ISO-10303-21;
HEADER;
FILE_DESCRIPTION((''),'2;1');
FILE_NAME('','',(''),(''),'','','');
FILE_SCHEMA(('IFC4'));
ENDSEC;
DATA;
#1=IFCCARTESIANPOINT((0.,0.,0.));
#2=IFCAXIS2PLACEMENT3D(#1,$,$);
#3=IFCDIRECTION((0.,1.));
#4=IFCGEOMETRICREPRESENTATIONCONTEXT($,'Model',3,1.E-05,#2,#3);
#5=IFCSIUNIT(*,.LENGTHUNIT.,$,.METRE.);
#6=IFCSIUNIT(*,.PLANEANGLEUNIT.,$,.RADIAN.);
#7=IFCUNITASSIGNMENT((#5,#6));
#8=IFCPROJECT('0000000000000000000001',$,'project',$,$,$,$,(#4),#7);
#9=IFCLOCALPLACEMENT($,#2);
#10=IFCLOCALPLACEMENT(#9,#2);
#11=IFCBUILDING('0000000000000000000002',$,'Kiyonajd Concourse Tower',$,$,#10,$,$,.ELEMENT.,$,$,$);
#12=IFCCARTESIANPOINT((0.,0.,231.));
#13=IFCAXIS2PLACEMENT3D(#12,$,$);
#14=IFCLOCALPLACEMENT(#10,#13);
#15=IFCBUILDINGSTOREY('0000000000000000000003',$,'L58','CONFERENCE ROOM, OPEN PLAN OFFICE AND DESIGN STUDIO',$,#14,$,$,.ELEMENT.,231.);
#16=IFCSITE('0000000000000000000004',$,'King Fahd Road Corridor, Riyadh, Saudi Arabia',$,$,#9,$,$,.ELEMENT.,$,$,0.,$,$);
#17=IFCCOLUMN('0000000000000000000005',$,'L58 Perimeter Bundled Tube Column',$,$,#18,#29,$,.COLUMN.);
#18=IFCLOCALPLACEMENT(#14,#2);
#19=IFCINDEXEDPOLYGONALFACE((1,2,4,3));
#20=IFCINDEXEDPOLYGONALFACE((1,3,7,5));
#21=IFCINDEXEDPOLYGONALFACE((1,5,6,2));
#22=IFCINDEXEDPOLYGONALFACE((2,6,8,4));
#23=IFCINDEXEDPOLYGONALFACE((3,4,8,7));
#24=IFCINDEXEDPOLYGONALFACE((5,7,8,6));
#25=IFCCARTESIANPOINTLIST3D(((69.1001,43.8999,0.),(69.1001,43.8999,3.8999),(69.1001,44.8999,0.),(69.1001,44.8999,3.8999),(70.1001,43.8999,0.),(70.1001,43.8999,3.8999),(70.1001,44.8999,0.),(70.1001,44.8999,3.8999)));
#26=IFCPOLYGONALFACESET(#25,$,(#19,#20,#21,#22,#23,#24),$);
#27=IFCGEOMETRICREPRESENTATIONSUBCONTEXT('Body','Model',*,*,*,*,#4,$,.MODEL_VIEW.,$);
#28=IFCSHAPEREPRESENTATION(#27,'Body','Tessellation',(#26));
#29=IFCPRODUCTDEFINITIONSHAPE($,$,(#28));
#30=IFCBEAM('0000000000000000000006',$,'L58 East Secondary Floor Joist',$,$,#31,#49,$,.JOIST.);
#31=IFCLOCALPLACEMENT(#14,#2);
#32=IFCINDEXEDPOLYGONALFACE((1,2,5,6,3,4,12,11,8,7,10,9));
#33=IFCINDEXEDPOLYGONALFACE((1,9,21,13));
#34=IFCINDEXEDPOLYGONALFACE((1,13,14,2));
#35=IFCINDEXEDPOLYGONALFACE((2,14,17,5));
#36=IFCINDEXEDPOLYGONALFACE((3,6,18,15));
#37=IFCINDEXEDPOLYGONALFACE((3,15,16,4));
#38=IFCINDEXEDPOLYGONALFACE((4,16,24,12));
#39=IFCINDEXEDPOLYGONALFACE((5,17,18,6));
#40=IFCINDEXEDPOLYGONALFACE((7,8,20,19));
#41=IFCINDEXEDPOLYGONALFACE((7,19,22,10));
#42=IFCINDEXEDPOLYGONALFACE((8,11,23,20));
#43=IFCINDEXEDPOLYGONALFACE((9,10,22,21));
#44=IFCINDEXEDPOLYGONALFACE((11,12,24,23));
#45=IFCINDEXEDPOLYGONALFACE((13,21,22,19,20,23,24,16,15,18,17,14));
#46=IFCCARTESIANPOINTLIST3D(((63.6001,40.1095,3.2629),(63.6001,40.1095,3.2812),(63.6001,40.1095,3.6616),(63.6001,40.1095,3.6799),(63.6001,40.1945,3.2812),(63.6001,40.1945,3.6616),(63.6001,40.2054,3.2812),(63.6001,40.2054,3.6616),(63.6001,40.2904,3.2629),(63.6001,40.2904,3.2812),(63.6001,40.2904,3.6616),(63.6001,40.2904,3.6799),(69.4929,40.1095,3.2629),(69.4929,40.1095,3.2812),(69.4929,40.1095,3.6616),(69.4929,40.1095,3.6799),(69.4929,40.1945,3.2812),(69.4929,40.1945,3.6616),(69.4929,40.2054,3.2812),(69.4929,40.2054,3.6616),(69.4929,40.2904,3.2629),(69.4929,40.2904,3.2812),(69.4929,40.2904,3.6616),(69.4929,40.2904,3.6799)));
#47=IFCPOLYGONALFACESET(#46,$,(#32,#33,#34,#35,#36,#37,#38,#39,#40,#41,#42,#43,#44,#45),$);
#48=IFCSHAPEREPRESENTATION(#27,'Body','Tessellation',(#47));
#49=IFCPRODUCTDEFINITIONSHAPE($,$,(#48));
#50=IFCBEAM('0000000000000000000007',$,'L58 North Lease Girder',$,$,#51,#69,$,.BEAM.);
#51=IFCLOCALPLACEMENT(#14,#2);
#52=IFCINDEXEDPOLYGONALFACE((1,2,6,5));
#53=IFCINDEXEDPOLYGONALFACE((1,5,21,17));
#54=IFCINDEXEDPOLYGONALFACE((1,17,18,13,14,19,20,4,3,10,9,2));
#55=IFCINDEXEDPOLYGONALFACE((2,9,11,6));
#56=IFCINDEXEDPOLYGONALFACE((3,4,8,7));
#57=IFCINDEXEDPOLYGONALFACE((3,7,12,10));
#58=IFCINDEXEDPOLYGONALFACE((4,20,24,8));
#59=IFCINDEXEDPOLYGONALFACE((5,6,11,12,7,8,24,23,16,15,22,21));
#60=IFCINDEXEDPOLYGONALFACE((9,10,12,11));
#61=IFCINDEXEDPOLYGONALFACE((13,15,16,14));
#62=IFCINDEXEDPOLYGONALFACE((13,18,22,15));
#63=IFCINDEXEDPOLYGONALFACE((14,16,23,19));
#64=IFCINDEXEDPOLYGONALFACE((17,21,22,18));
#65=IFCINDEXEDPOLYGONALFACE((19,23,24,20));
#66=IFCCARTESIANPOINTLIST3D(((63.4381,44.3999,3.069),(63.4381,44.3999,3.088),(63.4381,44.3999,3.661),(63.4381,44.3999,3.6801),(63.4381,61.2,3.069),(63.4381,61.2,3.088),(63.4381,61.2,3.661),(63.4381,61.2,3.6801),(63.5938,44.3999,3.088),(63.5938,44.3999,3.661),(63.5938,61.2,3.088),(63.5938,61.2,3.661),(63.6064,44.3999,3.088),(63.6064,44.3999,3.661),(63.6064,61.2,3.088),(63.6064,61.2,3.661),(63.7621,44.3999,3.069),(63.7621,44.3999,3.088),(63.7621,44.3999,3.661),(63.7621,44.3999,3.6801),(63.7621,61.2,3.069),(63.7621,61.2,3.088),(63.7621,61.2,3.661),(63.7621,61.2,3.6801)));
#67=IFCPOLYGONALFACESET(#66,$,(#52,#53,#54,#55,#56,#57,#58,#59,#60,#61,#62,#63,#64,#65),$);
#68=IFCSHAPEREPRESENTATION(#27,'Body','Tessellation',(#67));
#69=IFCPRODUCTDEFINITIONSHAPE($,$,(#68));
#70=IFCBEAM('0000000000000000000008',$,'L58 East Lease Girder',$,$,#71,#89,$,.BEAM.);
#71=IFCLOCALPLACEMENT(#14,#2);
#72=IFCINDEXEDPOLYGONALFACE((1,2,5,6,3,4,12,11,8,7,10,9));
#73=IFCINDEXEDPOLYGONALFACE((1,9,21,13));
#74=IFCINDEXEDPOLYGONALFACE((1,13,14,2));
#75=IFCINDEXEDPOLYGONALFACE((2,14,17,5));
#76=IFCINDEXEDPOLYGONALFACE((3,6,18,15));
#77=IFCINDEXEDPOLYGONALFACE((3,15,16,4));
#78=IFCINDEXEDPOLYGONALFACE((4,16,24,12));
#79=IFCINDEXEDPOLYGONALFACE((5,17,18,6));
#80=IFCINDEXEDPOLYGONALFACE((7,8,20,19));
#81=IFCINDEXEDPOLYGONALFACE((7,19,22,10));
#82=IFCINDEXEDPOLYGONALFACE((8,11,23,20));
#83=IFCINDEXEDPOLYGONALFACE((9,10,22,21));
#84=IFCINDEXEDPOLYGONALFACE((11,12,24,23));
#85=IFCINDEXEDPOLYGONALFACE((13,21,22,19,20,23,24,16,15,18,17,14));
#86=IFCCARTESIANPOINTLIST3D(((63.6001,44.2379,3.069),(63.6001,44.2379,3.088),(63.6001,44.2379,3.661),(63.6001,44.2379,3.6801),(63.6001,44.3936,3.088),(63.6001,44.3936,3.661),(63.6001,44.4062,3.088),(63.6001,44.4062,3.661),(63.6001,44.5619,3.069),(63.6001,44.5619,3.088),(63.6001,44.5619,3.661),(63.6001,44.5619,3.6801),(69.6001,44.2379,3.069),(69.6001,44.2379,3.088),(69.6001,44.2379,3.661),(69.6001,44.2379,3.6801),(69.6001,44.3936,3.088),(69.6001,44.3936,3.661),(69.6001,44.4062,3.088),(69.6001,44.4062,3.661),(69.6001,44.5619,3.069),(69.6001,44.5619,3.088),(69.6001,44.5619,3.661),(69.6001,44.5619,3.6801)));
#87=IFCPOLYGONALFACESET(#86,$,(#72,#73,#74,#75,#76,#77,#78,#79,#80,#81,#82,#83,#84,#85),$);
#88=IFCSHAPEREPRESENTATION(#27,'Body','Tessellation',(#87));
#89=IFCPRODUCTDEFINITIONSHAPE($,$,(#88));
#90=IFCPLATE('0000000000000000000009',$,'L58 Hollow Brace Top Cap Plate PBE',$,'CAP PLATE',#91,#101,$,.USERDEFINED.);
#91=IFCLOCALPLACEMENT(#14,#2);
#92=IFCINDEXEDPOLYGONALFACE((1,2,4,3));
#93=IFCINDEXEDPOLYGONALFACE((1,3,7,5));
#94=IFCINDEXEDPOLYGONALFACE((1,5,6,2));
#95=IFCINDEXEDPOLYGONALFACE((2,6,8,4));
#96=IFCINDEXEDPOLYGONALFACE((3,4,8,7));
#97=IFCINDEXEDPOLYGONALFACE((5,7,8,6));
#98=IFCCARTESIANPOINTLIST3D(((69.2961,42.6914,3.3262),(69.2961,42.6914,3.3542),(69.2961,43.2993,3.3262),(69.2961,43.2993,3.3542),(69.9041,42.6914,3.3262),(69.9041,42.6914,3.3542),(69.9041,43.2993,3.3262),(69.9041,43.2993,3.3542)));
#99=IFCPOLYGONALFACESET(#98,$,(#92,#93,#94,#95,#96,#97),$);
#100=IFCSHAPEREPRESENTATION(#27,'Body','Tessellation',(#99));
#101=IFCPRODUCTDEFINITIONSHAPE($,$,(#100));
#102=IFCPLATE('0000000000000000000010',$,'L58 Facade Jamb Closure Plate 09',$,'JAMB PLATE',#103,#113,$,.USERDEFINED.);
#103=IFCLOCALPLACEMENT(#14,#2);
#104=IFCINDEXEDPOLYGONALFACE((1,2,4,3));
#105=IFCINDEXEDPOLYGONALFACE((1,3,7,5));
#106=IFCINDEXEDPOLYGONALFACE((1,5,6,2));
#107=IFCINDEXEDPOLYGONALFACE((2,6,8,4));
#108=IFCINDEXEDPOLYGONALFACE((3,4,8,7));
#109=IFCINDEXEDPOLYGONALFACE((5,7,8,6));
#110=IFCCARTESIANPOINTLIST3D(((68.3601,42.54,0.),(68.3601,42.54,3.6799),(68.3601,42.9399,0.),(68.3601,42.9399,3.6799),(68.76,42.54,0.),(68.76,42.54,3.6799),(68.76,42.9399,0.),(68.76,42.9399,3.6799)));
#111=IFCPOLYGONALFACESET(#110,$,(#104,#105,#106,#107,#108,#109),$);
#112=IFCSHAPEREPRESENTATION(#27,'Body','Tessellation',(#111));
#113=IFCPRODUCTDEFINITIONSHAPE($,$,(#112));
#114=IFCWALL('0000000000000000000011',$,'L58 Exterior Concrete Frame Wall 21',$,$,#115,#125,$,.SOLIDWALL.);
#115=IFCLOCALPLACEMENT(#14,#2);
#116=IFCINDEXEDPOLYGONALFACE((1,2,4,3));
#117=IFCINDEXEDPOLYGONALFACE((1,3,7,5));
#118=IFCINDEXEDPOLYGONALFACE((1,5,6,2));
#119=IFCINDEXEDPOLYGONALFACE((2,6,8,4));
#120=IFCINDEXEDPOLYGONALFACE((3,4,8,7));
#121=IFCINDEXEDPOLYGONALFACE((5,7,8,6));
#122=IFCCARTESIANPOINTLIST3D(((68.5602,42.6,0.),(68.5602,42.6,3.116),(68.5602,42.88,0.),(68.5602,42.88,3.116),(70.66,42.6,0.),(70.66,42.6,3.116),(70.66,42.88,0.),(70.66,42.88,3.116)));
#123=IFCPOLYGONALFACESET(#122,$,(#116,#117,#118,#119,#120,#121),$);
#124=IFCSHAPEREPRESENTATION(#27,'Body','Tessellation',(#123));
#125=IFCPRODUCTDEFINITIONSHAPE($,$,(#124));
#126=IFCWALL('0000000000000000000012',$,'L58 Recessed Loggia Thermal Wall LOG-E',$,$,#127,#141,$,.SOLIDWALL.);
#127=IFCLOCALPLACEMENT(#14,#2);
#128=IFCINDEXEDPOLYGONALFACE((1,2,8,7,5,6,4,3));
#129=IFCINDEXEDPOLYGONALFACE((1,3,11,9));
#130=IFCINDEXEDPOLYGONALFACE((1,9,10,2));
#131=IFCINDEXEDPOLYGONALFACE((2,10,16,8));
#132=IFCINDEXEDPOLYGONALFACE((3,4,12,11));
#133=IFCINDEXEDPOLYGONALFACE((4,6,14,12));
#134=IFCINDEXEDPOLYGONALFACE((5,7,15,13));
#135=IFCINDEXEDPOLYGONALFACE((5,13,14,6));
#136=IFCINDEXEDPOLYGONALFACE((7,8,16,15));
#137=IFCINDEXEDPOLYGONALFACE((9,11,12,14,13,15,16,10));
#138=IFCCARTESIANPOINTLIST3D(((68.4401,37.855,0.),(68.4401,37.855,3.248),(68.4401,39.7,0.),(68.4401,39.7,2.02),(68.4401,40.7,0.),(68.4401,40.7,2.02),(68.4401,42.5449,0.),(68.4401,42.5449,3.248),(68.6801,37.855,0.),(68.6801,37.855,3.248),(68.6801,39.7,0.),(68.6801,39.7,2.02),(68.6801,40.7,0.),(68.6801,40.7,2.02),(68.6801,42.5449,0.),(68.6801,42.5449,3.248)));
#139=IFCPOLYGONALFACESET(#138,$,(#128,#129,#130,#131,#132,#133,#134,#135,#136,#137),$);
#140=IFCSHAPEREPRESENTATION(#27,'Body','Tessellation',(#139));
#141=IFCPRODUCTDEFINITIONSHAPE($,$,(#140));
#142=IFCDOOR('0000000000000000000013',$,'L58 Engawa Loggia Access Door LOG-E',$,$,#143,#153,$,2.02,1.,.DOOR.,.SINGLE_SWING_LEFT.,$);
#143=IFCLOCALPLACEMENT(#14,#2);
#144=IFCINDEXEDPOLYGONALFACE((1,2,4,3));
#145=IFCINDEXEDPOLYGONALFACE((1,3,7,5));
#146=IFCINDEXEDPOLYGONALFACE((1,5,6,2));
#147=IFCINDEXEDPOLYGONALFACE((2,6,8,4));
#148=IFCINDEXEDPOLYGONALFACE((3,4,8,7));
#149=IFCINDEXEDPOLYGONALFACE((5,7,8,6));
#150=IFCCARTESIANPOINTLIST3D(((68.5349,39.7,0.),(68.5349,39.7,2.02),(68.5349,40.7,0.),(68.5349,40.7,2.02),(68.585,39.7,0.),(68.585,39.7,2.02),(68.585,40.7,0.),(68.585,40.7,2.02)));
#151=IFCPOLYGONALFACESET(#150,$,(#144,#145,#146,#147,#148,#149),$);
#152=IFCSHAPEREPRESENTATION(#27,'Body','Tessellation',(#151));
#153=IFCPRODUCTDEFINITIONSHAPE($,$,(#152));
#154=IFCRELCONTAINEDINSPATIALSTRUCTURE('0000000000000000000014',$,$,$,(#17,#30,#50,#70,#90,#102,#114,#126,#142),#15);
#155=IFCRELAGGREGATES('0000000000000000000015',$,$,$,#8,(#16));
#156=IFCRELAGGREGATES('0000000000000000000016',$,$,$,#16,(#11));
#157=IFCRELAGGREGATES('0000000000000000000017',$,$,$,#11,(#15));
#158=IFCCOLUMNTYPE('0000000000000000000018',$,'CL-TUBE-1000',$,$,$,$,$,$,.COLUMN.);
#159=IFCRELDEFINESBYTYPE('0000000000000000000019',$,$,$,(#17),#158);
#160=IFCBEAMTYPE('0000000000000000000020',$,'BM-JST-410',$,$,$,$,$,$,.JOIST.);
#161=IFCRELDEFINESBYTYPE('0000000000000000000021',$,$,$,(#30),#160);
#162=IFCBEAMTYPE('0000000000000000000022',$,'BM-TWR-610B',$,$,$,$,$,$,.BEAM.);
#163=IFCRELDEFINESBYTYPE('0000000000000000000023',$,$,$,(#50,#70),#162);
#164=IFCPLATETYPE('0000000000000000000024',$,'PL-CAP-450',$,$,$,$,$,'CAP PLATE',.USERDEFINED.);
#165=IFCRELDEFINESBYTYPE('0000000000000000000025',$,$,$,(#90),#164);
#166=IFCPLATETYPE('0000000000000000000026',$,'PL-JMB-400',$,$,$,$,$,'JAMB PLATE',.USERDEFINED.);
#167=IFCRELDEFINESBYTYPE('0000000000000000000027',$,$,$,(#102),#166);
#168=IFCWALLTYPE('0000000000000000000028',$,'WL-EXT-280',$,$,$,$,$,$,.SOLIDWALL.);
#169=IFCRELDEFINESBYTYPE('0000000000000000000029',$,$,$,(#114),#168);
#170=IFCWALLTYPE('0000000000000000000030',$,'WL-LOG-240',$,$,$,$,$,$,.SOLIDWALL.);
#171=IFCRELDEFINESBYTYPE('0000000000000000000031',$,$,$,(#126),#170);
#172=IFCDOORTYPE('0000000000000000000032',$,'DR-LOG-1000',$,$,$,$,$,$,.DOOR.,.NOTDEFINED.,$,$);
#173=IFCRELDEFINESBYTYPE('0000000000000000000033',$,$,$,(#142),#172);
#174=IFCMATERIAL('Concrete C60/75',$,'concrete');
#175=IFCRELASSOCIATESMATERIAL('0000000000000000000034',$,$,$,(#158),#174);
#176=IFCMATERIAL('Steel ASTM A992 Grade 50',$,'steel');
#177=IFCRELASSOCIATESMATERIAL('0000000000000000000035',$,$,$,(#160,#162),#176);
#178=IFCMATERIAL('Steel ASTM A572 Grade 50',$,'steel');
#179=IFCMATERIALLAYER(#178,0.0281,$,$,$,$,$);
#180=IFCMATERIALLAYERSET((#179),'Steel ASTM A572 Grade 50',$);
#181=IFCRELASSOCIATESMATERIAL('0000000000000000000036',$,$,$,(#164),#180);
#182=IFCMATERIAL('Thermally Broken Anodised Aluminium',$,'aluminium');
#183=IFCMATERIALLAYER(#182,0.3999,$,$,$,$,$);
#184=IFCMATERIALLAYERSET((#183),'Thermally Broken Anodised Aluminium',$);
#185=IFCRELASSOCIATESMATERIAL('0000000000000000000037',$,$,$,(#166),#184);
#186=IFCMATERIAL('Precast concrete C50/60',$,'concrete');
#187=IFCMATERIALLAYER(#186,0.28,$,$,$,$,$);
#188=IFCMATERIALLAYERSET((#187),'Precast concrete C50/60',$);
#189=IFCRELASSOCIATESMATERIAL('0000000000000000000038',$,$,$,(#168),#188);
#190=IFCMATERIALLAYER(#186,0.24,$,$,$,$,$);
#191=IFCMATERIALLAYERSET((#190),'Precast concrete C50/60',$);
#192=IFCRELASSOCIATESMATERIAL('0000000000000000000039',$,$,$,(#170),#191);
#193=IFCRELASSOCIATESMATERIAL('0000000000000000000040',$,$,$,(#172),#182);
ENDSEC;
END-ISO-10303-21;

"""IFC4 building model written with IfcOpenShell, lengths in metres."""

from ifc_helpers import new_model, si_unit, direction, frame, frame_2d, origin, origin_2d, place, context, subcontext, project, spatial, rectangle, i_section, extrude, material, layer, layer_set, material_profile, profile_set, type_object, element, fill, save


model = new_model("IFC4")

# Units and contexts
model_context = context("Model", 3, precision=1e-05, world=origin(), true_north=direction((0.0, 1.0)))
body_context = subcontext(model_context, "Body", "Model", "MODEL_VIEW")
ifc_project = project(units=[si_unit("LENGTHUNIT", "METRE"), si_unit("PLANEANGLEUNIT", "RADIAN")], contexts=[model_context])

# Site, building, storey
site_placement = place(None, origin())
site = spatial("IfcSite", under=ifc_project, at=site_placement, Name="King Fahd Road Corridor, Riyadh, Saudi Arabia", CompositionType="ELEMENT", RefElevation=0.0)
building_placement = place(site_placement, origin())
building = spatial("IfcBuilding", under=site, at=building_placement, Name="Kiyonajd Concourse Tower", CompositionType="ELEMENT")
storey_placement = place(building_placement, frame((0.0, 0.0, 231.0)))
storey = spatial("IfcBuildingStorey", under=building, at=storey_placement, Name="L58", Description="CONFERENCE ROOM, OPEN PLAN OFFICE AND DESIGN STUDIO", CompositionType="ELEMENT", Elevation=231.0)

# Column
ifc_material_1 = material(Name="Concrete C60/75", Category="concrete")
ifc_material_profile_1 = material_profile(ifc_material_1, rectangle(XDim=1.0, YDim=1.0, at=origin_2d()), Name="RC-1000x1000")
ifc_profile_set_1 = profile_set([ifc_material_profile_1], Name="Concrete C60/75")
column_type = type_object("IfcColumnType", Name="CL-TUBE-1000", PredefinedType="COLUMN", material=ifc_profile_set_1)
column_placement = place(storey_placement, frame((69.6001, 44.3999, 0.0), z_axis=(0.0, 0.0, 1.0), x_axis=(1.0, 0.0, 0.0)))
element("IfcColumn", 1, at=column_placement, inside=storey, type_object=column_type, Name="L58 Perimeter Bundled Tube Column", PredefinedType="COLUMN", context=body_context, shape_type="SweptSolid", body=[
    extrude(rectangle(XDim=1.0, YDim=1.0, at=origin_2d()), origin(), (0.0, 0.0, 1.0), 3.8999),
])

# Beams
ifc_material_2 = material(Name="Steel ASTM A992 Grade 50", Category="steel")
ifc_material_profile_2 = material_profile(ifc_material_2, i_section(OverallWidth=0.1809, OverallDepth=0.417, WebThickness=0.011, FlangeThickness=0.0183, at=origin_2d()), Name="W410X85")
ifc_profile_set_2 = profile_set([ifc_material_profile_2], Name="Steel ASTM A992 Grade 50")
beam_type_1 = type_object("IfcBeamType", Name="BM-JST-410", PredefinedType="JOIST", material=ifc_profile_set_2)
beam_1_placement = place(storey_placement, frame((63.6001, 40.2, 3.4714), z_axis=(1.0, 0.0, 0.0), x_axis=(0.0, 1.0, 0.0)))
element("IfcBeam", 2, at=beam_1_placement, inside=storey, type_object=beam_type_1, Name="L58 East Secondary Floor Joist", PredefinedType="JOIST", context=body_context, shape_type="SweptSolid", body=[
    extrude(i_section(OverallWidth=0.1809, OverallDepth=0.417, WebThickness=0.011, FlangeThickness=0.0183, at=origin_2d()), origin(), (0.0, 0.0, 1.0), 5.8928),
])
ifc_material_profile_3 = material_profile(ifc_material_2, i_section(OverallWidth=0.324, OverallDepth=0.6111, WebThickness=0.0127, FlangeThickness=0.019, at=origin_2d()), Name="W610X155")
ifc_profile_set_3 = profile_set([ifc_material_profile_3], Name="Steel ASTM A992 Grade 50")
beam_type_2 = type_object("IfcBeamType", Name="BM-TWR-610B", PredefinedType="BEAM", material=ifc_profile_set_3)
beam_2_placement = place(storey_placement, frame((63.6001, 44.3999, 3.3745), z_axis=(0.0, 1.0, 0.0), x_axis=(-1.0, 0.0, 0.0)))
element("IfcBeam", 3, at=beam_2_placement, inside=storey, type_object=beam_type_2, Name="L58 North Lease Girder", PredefinedType="BEAM", context=body_context, shape_type="SweptSolid", body=[
    extrude(i_section(OverallWidth=0.324, OverallDepth=0.6111, WebThickness=0.0127, FlangeThickness=0.019, at=origin_2d()), origin(), (0.0, 0.0, 1.0), 16.8),
])
beam_3_placement = place(storey_placement, frame((63.6001, 44.3999, 3.3745), z_axis=(1.0, 0.0, 0.0), x_axis=(0.0, 1.0, 0.0)))
element("IfcBeam", 4, at=beam_3_placement, inside=storey, type_object=beam_type_2, Name="L58 East Lease Girder", PredefinedType="BEAM", context=body_context, shape_type="SweptSolid", body=[
    extrude(i_section(OverallWidth=0.324, OverallDepth=0.6111, WebThickness=0.0127, FlangeThickness=0.019, at=origin_2d()), origin(), (0.0, 0.0, 1.0), 6.0),
])

# Plates
ifc_material_3 = material(Name="Steel ASTM A572 Grade 50", Category="steel")
ifc_layer_1 = layer(ifc_material_3, 0.0281)
ifc_layer_set_1 = layer_set([ifc_layer_1], Name="Steel ASTM A572 Grade 50")
plate_type_1 = type_object("IfcPlateType", Name="PL-CAP-450", ElementType="CAP PLATE", PredefinedType="USERDEFINED", material=ifc_layer_set_1)
plate_1_placement = place(storey_placement, frame((69.6001, 42.9954, 3.3262), z_axis=(0.0, 0.0, 1.0), x_axis=(1.0, 0.0, 0.0)))
element("IfcPlate", 5, at=plate_1_placement, inside=storey, type_object=plate_type_1, Name="L58 Hollow Brace Top Cap Plate PBE", ObjectType="CAP PLATE", PredefinedType="USERDEFINED", context=body_context, shape_type="SweptSolid", body=[
    extrude(rectangle(XDim=0.6079, YDim=0.6079, at=origin_2d()), origin(), (0.0, 0.0, 1.0), 0.0281),
])
ifc_material_4 = material(Name="Thermally Broken Anodised Aluminium", Category="aluminium")
ifc_layer_2 = layer(ifc_material_4, 0.3999)
ifc_layer_set_2 = layer_set([ifc_layer_2], Name="Thermally Broken Anodised Aluminium")
plate_type_2 = type_object("IfcPlateType", Name="PL-JMB-400", ElementType="JAMB PLATE", PredefinedType="USERDEFINED", material=ifc_layer_set_2)
plate_2_placement = place(storey_placement, frame((68.5601, 42.74, 0.0), z_axis=(0.0, 0.0, 1.0), x_axis=(1.0, 0.0, 0.0)))
element("IfcPlate", 6, at=plate_2_placement, inside=storey, type_object=plate_type_2, Name="L58 Facade Jamb Closure Plate 09", ObjectType="JAMB PLATE", PredefinedType="USERDEFINED", context=body_context, shape_type="SweptSolid", body=[
    extrude(rectangle(XDim=0.3999, YDim=0.3999, at=origin_2d()), origin(), (0.0, 0.0, 1.0), 3.6799),
])

# Wall
ifc_material_5 = material(Name="Precast concrete C50/60", Category="concrete")
ifc_layer_3 = layer(ifc_material_5, 0.28)
ifc_layer_set_3 = layer_set([ifc_layer_3], Name="Precast concrete C50/60")
wall_type_1 = type_object("IfcWallType", Name="WL-EXT-280", PredefinedType="SOLIDWALL", material=ifc_layer_set_3)
wall_1_placement = place(storey_placement, frame((70.6599, 42.74, 0.0), z_axis=(0.0, 0.0, 1.0), x_axis=(-1.0, 0.0, 0.0)))
element("IfcWall", 7, at=wall_1_placement, inside=storey, type_object=wall_type_1, Name="L58 Exterior Concrete Frame Wall 21", PredefinedType="SOLIDWALL", context=body_context, shape_type="SweptSolid", body=[
    extrude(rectangle(XDim=2.0999, YDim=0.28, at=frame_2d((1.0498, 0.0))), origin(), (0.0, 0.0, 1.0), 3.116),
])

# Wall, opening, door
ifc_layer_4 = layer(ifc_material_5, 0.24)
ifc_layer_set_4 = layer_set([ifc_layer_4], Name="Precast concrete C50/60")
wall_type_2 = type_object("IfcWallType", Name="WL-LOG-240", PredefinedType="SOLIDWALL", material=ifc_layer_set_4)
wall_2_placement = place(storey_placement, frame((68.5601, 42.5449, 0.0), z_axis=(0.0, 0.0, 1.0), x_axis=(0.0, -1.0, 0.0)))
wall_2 = element("IfcWall", 8, at=wall_2_placement, inside=storey, type_object=wall_type_2, Name="L58 Recessed Loggia Thermal Wall LOG-E", PredefinedType="SOLIDWALL", context=body_context, shape_type="SweptSolid", body=[
    extrude(rectangle(XDim=4.6899, YDim=0.24, at=frame_2d((2.345, 0.0))), origin(), (0.0, 0.0, 1.0), 3.248),
])
opening_1_placement = place(wall_2_placement, frame((1.845, 0.0, 0.0)))
opening_1 = element("IfcOpeningElement", 9, at=opening_1_placement, cuts=wall_2, PredefinedType="OPENING", context=body_context, shape_type="SweptSolid", body=[
    extrude(rectangle(XDim=1.0, YDim=2.02, at=frame_2d((0.5, 1.01))), frame((0.0, 0.1299, 0.0), z_axis=(0.0, -1.0, 0.0), x_axis=(1.0, 0.0, 0.0)), (0.0, 0.0, 1.0), 0.26),
])
door_type_1 = type_object("IfcDoorType", Name="DR-LOG-1000", OperationType="NOTDEFINED", PredefinedType="DOOR", material=ifc_material_4)
door_1_placement = place(opening_1_placement, origin())
door_1 = element("IfcDoor", 10, at=door_1_placement, inside=storey, type_object=door_type_1, Name="L58 Engawa Loggia Access Door LOG-E", OperationType="SINGLE_SWING_LEFT", OverallHeight=2.02, OverallWidth=1.0, PredefinedType="DOOR", context=body_context, shape_type="SweptSolid", body=[
    extrude(rectangle(XDim=1.0, YDim=2.02, at=frame_2d((0.5, 1.01))), frame((0.0, 0.0249, 0.0), z_axis=(0.0, -1.0, 0.0), x_axis=(1.0, 0.0, 0.0)), (0.0, 0.0, 1.0), 0.05),
])
fill(opening_1, door_1)

save(model, "model.ifc")
